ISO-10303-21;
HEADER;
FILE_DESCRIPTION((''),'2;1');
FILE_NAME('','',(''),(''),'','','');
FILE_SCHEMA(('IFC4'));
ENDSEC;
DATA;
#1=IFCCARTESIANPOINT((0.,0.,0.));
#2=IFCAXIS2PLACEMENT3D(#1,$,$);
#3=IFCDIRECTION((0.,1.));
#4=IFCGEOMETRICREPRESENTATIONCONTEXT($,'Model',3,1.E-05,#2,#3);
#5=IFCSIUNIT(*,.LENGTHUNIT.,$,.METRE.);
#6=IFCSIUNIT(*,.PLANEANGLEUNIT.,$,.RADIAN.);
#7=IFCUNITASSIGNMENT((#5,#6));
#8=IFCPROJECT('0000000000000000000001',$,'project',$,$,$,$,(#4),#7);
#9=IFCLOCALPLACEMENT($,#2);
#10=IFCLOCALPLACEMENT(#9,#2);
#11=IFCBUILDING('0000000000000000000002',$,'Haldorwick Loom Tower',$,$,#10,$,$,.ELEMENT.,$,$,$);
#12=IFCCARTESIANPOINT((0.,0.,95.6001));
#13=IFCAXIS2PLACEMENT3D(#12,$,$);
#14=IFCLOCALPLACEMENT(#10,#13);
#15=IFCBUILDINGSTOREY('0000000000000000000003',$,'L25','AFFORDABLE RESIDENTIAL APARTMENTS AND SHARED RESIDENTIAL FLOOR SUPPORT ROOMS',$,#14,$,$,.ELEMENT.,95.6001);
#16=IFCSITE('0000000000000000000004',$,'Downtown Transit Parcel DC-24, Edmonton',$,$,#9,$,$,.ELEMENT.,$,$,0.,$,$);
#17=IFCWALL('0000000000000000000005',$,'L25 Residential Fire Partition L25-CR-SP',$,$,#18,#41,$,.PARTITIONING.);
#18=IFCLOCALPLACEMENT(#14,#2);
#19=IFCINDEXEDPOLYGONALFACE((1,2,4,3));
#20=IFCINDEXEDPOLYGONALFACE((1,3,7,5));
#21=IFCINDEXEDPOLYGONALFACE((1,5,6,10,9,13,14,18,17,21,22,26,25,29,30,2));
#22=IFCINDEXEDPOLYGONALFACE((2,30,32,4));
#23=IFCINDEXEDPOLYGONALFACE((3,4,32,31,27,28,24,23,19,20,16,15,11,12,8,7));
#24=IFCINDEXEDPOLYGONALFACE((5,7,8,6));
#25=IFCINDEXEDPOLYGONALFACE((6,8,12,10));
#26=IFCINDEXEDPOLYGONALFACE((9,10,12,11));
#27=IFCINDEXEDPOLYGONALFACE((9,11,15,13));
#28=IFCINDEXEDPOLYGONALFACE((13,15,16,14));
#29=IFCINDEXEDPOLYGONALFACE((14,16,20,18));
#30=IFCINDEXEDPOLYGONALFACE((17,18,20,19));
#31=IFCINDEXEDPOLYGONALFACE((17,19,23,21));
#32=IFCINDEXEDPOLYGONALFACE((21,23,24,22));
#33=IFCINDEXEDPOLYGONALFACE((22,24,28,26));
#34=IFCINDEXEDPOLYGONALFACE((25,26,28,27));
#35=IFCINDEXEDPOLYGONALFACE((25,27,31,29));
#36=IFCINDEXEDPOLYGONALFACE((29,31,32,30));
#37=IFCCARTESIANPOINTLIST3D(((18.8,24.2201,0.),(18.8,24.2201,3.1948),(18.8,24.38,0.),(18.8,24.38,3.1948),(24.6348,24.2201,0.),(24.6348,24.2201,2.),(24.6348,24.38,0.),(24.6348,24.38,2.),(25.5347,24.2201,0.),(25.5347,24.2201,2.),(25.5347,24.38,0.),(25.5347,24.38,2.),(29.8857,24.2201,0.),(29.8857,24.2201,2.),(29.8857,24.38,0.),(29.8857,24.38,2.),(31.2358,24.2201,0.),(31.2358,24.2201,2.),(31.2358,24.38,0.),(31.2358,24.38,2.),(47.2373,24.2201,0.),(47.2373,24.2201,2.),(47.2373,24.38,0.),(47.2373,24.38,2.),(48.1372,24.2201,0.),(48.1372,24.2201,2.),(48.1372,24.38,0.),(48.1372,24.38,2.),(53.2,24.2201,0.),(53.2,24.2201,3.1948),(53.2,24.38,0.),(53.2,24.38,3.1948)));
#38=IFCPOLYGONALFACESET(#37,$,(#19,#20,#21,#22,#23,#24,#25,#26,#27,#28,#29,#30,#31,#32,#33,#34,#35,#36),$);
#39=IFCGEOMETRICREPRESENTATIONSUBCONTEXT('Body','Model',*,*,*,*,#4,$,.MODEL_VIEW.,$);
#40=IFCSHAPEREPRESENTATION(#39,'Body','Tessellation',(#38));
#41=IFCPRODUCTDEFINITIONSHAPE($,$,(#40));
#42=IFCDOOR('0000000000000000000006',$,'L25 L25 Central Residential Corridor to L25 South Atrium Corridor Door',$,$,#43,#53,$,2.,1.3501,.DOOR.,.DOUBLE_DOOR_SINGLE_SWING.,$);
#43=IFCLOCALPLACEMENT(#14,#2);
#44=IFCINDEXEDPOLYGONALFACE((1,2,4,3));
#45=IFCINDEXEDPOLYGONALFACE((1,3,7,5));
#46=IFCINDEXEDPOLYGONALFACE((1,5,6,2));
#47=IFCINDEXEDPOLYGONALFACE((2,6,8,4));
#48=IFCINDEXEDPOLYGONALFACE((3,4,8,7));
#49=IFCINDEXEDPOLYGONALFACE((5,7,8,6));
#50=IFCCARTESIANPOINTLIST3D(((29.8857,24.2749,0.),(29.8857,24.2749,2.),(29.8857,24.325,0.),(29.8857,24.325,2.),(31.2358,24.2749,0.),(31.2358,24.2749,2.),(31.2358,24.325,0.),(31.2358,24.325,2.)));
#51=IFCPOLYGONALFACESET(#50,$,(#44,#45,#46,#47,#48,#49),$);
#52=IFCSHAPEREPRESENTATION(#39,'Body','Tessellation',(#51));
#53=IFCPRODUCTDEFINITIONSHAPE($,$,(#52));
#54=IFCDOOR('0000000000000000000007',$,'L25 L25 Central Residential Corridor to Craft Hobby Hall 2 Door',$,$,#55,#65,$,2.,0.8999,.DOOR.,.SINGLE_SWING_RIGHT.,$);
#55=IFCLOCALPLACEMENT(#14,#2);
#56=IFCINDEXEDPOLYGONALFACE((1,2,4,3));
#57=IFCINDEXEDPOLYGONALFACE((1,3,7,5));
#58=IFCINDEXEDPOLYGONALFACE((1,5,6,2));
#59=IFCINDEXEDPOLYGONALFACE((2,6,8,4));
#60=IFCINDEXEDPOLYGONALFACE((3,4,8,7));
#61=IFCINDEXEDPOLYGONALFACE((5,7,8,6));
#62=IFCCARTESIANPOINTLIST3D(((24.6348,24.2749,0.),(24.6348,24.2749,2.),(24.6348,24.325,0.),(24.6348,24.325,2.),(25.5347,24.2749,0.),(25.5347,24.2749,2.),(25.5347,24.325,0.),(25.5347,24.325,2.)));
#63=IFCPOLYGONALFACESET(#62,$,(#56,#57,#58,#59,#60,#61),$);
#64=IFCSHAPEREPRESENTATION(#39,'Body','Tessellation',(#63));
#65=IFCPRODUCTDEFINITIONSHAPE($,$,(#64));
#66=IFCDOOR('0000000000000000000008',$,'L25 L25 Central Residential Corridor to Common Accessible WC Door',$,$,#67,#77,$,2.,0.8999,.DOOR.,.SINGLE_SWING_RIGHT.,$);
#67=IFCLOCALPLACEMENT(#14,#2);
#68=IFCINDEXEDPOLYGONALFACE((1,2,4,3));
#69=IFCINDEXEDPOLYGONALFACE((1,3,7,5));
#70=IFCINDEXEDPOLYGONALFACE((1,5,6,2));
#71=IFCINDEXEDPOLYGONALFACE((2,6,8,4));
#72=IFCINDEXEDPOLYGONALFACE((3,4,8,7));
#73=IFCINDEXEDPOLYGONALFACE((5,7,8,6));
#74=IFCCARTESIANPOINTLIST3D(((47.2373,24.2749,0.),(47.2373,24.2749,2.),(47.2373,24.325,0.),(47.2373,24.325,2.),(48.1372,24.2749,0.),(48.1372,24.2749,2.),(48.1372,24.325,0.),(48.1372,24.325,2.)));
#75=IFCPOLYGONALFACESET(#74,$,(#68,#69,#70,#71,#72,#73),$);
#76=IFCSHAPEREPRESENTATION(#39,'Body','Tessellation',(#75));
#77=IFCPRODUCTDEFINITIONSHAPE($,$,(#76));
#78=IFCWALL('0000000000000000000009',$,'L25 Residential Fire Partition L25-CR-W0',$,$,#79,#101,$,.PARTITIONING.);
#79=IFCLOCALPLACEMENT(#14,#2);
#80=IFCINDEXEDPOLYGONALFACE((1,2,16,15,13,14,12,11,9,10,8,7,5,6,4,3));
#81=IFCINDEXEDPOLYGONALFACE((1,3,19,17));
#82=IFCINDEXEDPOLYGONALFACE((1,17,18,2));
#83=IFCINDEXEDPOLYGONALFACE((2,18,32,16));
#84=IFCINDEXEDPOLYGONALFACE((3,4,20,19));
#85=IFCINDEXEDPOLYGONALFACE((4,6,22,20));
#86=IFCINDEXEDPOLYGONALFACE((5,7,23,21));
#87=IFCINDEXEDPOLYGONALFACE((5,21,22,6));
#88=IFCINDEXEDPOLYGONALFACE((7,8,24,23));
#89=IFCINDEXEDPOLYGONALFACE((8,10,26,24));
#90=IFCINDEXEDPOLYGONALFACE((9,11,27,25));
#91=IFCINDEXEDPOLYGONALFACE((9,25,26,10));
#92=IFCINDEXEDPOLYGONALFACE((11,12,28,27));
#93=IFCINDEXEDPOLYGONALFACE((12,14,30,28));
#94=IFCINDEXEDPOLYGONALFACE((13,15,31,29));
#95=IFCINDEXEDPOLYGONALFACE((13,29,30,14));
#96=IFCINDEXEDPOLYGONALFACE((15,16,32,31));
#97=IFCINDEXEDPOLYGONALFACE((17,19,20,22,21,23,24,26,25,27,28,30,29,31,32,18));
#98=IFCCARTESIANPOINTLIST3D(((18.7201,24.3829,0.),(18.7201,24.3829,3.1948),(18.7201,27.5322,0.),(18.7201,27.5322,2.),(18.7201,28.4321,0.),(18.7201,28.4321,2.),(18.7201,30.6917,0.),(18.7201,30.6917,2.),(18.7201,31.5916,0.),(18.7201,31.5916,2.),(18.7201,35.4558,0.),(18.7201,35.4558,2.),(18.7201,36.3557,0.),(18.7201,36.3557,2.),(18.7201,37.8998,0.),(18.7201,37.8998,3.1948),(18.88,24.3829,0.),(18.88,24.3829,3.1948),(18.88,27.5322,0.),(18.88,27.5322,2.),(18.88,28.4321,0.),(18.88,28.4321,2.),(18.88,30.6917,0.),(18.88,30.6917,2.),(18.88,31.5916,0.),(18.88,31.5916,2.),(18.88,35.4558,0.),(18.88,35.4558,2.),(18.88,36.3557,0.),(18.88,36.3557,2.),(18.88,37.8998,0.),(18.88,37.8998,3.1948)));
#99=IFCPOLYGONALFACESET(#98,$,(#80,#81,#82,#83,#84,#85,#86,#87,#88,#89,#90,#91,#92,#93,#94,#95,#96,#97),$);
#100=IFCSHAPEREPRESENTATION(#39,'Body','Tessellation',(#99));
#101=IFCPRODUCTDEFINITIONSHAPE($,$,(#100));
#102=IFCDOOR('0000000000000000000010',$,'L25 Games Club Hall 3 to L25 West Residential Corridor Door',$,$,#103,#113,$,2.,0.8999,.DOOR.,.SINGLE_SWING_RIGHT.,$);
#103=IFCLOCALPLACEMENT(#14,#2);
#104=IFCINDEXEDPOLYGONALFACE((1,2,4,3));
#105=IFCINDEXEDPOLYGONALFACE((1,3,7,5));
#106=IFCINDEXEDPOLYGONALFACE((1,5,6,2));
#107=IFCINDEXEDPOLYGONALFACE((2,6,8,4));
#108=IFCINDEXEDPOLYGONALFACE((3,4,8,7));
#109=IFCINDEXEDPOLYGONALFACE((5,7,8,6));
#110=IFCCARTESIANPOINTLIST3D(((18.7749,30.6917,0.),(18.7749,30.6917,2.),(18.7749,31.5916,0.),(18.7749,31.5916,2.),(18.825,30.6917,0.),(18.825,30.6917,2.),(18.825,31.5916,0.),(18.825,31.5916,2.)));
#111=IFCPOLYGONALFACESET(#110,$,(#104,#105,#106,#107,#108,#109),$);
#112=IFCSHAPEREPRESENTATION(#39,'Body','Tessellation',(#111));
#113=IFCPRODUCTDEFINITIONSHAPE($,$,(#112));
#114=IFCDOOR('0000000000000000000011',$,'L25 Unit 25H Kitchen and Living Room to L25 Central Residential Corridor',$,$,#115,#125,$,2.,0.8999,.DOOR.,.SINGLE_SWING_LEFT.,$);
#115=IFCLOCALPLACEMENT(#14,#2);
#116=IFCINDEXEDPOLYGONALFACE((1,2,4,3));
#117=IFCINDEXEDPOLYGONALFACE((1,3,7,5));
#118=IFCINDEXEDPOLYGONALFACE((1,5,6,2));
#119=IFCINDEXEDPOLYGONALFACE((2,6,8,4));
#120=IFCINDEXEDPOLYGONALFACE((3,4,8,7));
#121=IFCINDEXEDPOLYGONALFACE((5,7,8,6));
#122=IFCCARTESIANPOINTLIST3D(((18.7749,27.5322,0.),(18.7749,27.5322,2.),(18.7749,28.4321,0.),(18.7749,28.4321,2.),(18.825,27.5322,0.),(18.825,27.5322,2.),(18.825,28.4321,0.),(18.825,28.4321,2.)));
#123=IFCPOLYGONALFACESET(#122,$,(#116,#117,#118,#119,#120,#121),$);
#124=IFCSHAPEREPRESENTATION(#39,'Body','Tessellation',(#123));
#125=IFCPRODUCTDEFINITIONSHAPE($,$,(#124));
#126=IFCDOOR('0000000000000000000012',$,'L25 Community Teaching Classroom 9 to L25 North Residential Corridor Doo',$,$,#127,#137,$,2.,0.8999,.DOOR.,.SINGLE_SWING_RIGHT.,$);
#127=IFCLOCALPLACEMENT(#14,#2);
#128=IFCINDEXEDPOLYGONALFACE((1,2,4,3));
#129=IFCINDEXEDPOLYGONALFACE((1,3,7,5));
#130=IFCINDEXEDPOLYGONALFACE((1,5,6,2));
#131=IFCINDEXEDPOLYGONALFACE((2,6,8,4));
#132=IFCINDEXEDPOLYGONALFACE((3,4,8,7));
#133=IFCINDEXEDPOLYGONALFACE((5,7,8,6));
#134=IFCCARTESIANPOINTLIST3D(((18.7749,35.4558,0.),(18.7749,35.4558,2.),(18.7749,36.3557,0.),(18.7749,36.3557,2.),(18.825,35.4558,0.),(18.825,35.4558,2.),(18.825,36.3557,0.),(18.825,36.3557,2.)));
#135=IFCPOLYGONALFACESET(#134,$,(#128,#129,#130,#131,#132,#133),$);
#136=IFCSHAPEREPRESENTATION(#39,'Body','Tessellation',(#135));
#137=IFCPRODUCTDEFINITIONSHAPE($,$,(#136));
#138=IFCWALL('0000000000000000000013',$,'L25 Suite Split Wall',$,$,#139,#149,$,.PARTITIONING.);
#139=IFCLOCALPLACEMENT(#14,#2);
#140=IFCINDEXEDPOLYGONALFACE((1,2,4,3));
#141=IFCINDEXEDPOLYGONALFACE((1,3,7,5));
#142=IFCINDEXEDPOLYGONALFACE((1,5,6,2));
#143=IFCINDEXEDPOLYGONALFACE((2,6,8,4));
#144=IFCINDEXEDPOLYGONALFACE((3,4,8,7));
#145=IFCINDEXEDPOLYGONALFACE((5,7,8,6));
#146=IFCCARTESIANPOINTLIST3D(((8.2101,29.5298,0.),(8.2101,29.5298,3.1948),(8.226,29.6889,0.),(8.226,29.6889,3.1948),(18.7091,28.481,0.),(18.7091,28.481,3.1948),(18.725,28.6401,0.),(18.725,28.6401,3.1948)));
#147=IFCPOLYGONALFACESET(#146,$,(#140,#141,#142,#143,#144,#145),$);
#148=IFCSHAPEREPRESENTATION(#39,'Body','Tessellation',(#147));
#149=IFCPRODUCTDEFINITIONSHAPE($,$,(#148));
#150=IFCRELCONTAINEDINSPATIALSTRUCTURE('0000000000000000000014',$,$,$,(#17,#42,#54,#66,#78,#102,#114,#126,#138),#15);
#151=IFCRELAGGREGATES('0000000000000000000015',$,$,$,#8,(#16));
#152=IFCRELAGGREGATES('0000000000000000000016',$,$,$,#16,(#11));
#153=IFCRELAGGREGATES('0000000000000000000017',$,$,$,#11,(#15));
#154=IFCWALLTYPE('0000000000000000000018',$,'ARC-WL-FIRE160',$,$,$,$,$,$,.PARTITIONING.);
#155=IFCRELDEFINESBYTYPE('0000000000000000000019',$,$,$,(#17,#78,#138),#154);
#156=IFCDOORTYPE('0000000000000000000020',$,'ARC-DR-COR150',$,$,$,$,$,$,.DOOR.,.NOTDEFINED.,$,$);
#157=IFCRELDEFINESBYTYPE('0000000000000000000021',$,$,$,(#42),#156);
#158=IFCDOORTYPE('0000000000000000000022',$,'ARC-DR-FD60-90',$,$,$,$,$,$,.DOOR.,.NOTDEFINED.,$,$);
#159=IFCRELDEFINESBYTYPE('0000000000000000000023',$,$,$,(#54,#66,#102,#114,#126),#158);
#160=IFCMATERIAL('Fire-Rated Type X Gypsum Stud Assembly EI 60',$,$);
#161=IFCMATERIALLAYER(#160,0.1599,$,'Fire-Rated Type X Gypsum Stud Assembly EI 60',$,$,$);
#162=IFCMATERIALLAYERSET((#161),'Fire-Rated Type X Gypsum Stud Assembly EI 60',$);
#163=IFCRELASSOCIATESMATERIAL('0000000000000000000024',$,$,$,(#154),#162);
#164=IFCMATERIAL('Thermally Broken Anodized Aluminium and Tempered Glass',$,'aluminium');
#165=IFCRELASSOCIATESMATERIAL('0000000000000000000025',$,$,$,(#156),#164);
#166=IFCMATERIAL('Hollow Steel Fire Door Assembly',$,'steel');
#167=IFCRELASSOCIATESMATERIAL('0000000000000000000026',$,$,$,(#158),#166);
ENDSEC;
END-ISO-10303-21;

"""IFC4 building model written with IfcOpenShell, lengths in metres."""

from ifc_helpers import new_model, si_unit, direction, frame, frame_2d, origin, place, context, subcontext, project, spatial, rectangle, extrude, material, layer, layer_set, type_object, element, fill, save


model = new_model("IFC4")

# Units and contexts
model_context = context("Model", 3, precision=1e-05, world=origin(), true_north=direction((0.0, 1.0)))
body_context = subcontext(model_context, "Body", "Model", "MODEL_VIEW")
ifc_project = project(units=[si_unit("LENGTHUNIT", "METRE"), si_unit("PLANEANGLEUNIT", "RADIAN")], contexts=[model_context])

# Site, building, storey
site_placement = place(None, origin())
site = spatial("IfcSite", under=ifc_project, at=site_placement, Name="Downtown Transit Parcel DC-24, Edmonton", CompositionType="ELEMENT", RefElevation=0.0)
building_placement = place(site_placement, origin())
building = spatial("IfcBuilding", under=site, at=building_placement, Name="Haldorwick Loom Tower", CompositionType="ELEMENT")
storey_placement = place(building_placement, frame((0.0, 0.0, 95.6001)))
storey = spatial("IfcBuildingStorey", under=building, at=storey_placement, Name="L25", Description="AFFORDABLE RESIDENTIAL APARTMENTS AND SHARED RESIDENTIAL FLOOR SUPPORT ROOMS", CompositionType="ELEMENT", Elevation=95.6001)

# Walls, openings, doors
ifc_material_1 = material(Name="Fire-Rated Type X Gypsum Stud Assembly EI 60")
ifc_layer_1 = layer(ifc_material_1, 0.1599, Name="Fire-Rated Type X Gypsum Stud Assembly EI 60")
ifc_layer_set_1 = layer_set([ifc_layer_1], Name="Fire-Rated Type X Gypsum Stud Assembly EI 60")
wall_type_1 = type_object("IfcWallType", Name="ARC-WL-FIRE160", PredefinedType="PARTITIONING", material=ifc_layer_set_1)
wall_1_placement = place(storey_placement, frame((18.8, 24.3, 0.0), z_axis=(0.0, 0.0, 1.0), x_axis=(1.0, 0.0, 0.0)))
wall_1 = element("IfcWall", 1, at=wall_1_placement, inside=storey, type_object=wall_type_1, Name="L25 Residential Fire Partition L25-CR-SP", PredefinedType="PARTITIONING", context=body_context, shape_type="SweptSolid", body=[
    extrude(rectangle(XDim=34.3999, YDim=0.1599, at=frame_2d((17.2, 0.0))), origin(), (0.0, 0.0, 1.0), 3.1948),
])
opening_1_placement = place(wall_1_placement, frame((11.0857, 0.0, 0.0)))
opening_1 = element("IfcOpeningElement", 2, at=opening_1_placement, cuts=wall_1, PredefinedType="OPENING", context=body_context, shape_type="SweptSolid", body=[
    extrude(rectangle(XDim=1.3501, YDim=2.0, at=frame_2d((0.675, 1.0))), frame((0.0, 0.0898, 0.0), z_axis=(0.0, -1.0, 0.0), x_axis=(1.0, 0.0, 0.0)), (0.0, 0.0, 1.0), 0.1799),
])
opening_2_placement = place(wall_1_placement, frame((5.8347, 0.0, 0.0)))
opening_2 = element("IfcOpeningElement", 3, at=opening_2_placement, cuts=wall_1, PredefinedType="OPENING", context=body_context, shape_type="SweptSolid", body=[
    extrude(rectangle(XDim=0.8999, YDim=2.0, at=frame_2d((0.45, 1.0))), frame((0.0, 0.0898, 0.0), z_axis=(0.0, -1.0, 0.0), x_axis=(1.0, 0.0, 0.0)), (0.0, 0.0, 1.0), 0.1799),
])
opening_3_placement = place(wall_1_placement, frame((28.4373, 0.0, 0.0)))
opening_3 = element("IfcOpeningElement", 4, at=opening_3_placement, cuts=wall_1, PredefinedType="OPENING", context=body_context, shape_type="SweptSolid", body=[
    extrude(rectangle(XDim=0.8999, YDim=2.0, at=frame_2d((0.45, 1.0))), frame((0.0, 0.0898, 0.0), z_axis=(0.0, -1.0, 0.0), x_axis=(1.0, 0.0, 0.0)), (0.0, 0.0, 1.0), 0.1799),
])
ifc_material_2 = material(Name="Thermally Broken Anodized Aluminium and Tempered Glass", Category="aluminium")
door_type_1 = type_object("IfcDoorType", Name="ARC-DR-COR150", OperationType="NOTDEFINED", PredefinedType="DOOR", material=ifc_material_2)
door_1_placement = place(opening_1_placement, origin())
door_1 = element("IfcDoor", 5, at=door_1_placement, inside=storey, type_object=door_type_1, Name="L25 L25 Central Residential Corridor to L25 South Atrium Corridor Door", OperationType="DOUBLE_DOOR_SINGLE_SWING", OverallHeight=2.0, OverallWidth=1.3501, PredefinedType="DOOR", context=body_context, shape_type="SweptSolid", body=[
    extrude(rectangle(XDim=1.3501, YDim=2.0, at=frame_2d((0.675, 1.0))), frame((0.0, 0.0249, 0.0), z_axis=(0.0, -1.0, 0.0), x_axis=(1.0, 0.0, 0.0)), (0.0, 0.0, 1.0), 0.05),
])
fill(opening_1, door_1)
ifc_material_3 = material(Name="Hollow Steel Fire Door Assembly", Category="steel")
door_type_2 = type_object("IfcDoorType", Name="ARC-DR-FD60-90", OperationType="NOTDEFINED", PredefinedType="DOOR", material=ifc_material_3)
door_2_placement = place(opening_2_placement, origin())
door_2 = element("IfcDoor", 6, at=door_2_placement, inside=storey, type_object=door_type_2, Name="L25 L25 Central Residential Corridor to Craft Hobby Hall 2 Door", OperationType="SINGLE_SWING_RIGHT", OverallHeight=2.0, OverallWidth=0.8999, PredefinedType="DOOR", context=body_context, shape_type="SweptSolid", body=[
    extrude(rectangle(XDim=0.8999, YDim=2.0, at=frame_2d((0.45, 1.0))), frame((0.0, 0.0249, 0.0), z_axis=(0.0, -1.0, 0.0), x_axis=(1.0, 0.0, 0.0)), (0.0, 0.0, 1.0), 0.05),
])
fill(opening_2, door_2)
door_3_placement = place(opening_3_placement, origin())
door_3 = element("IfcDoor", 7, at=door_3_placement, inside=storey, type_object=door_type_2, Name="L25 L25 Central Residential Corridor to Common Accessible WC Door", OperationType="SINGLE_SWING_RIGHT", OverallHeight=2.0, OverallWidth=0.8999, PredefinedType="DOOR", context=body_context, shape_type="SweptSolid", body=[
    extrude(rectangle(XDim=0.8999, YDim=2.0, at=frame_2d((0.45, 1.0))), frame((0.0, 0.0249, 0.0), z_axis=(0.0, -1.0, 0.0), x_axis=(1.0, 0.0, 0.0)), (0.0, 0.0, 1.0), 0.05),
])
fill(opening_3, door_3)
wall_2_placement = place(storey_placement, frame((18.8, 24.3831, 0.0), z_axis=(0.0, 0.0, 1.0), x_axis=(0.0, 1.0, 0.0)))
wall_2 = element("IfcWall", 8, at=wall_2_placement, inside=storey, type_object=wall_type_1, Name="L25 Residential Fire Partition L25-CR-W0", PredefinedType="PARTITIONING", context=body_context, shape_type="SweptSolid", body=[
    extrude(rectangle(XDim=13.5168, YDim=0.1599, at=frame_2d((6.7583, 0.0))), origin(), (0.0, 0.0, 1.0), 3.1948),
])
opening_4_placement = place(wall_2_placement, frame((6.3086, 0.0, 0.0)))
opening_4 = element("IfcOpeningElement", 9, at=opening_4_placement, cuts=wall_2, PredefinedType="OPENING", context=body_context, shape_type="SweptSolid", body=[
    extrude(rectangle(XDim=0.8999, YDim=2.0, at=frame_2d((0.45, 1.0))), frame((0.0, 0.0898, 0.0), z_axis=(0.0, -1.0, 0.0), x_axis=(1.0, 0.0, 0.0)), (0.0, 0.0, 1.0), 0.1799),
])
opening_5_placement = place(wall_2_placement, frame((3.1492, 0.0, 0.0)))
opening_5 = element("IfcOpeningElement", 10, at=opening_5_placement, cuts=wall_2, PredefinedType="OPENING", context=body_context, shape_type="SweptSolid", body=[
    extrude(rectangle(XDim=0.8999, YDim=2.0, at=frame_2d((0.45, 1.0))), frame((0.0, 0.0898, 0.0), z_axis=(0.0, -1.0, 0.0), x_axis=(1.0, 0.0, 0.0)), (0.0, 0.0, 1.0), 0.1799),
])
opening_6_placement = place(wall_2_placement, frame((11.0728, 0.0, 0.0)))
opening_6 = element("IfcOpeningElement", 11, at=opening_6_placement, cuts=wall_2, PredefinedType="OPENING", context=body_context, shape_type="SweptSolid", body=[
    extrude(rectangle(XDim=0.8999, YDim=2.0, at=frame_2d((0.45, 1.0))), frame((0.0, 0.0898, 0.0), z_axis=(0.0, -1.0, 0.0), x_axis=(1.0, 0.0, 0.0)), (0.0, 0.0, 1.0), 0.1799),
])
door_4_placement = place(opening_4_placement, frame((0.8999, 0.0, 0.0), z_axis=(0.0, 0.0, 1.0), x_axis=(-1.0, 0.0, 0.0)))
door_4 = element("IfcDoor", 12, at=door_4_placement, inside=storey, type_object=door_type_2, Name="L25 Games Club Hall 3 to L25 West Residential Corridor Door", OperationType="SINGLE_SWING_RIGHT", OverallHeight=2.0, OverallWidth=0.8999, PredefinedType="DOOR", context=body_context, shape_type="SweptSolid", body=[
    extrude(rectangle(XDim=0.8999, YDim=2.0, at=frame_2d((0.45, 1.0))), frame((0.0, 0.0249, 0.0), z_axis=(0.0, -1.0, 0.0), x_axis=(1.0, 0.0, 0.0)), (0.0, 0.0, 1.0), 0.05),
])
fill(opening_4, door_4)
door_5_placement = place(opening_5_placement, frame((0.8999, 0.0, 0.0), z_axis=(0.0, 0.0, 1.0), x_axis=(-1.0, 0.0, 0.0)))
door_5 = element("IfcDoor", 13, at=door_5_placement, inside=storey, type_object=door_type_2, Name="L25 Unit 25H Kitchen and Living Room to L25 Central Residential Corridor", OperationType="SINGLE_SWING_LEFT", OverallHeight=2.0, OverallWidth=0.8999, PredefinedType="DOOR", context=body_context, shape_type="SweptSolid", body=[
    extrude(rectangle(XDim=0.8999, YDim=2.0, at=frame_2d((0.45, 1.0))), frame((0.0, 0.0249, 0.0), z_axis=(0.0, -1.0, 0.0), x_axis=(1.0, 0.0, 0.0)), (0.0, 0.0, 1.0), 0.05),
])
fill(opening_5, door_5)
door_6_placement = place(opening_6_placement, frame((0.8999, 0.0, 0.0), z_axis=(0.0, 0.0, 1.0), x_axis=(-1.0, 0.0, 0.0)))
door_6 = element("IfcDoor", 14, at=door_6_placement, inside=storey, type_object=door_type_2, Name="L25 Community Teaching Classroom 9 to L25 North Residential Corridor Doo", OperationType="SINGLE_SWING_RIGHT", OverallHeight=2.0, OverallWidth=0.8999, PredefinedType="DOOR", context=body_context, shape_type="SweptSolid", body=[
    extrude(rectangle(XDim=0.8999, YDim=2.0, at=frame_2d((0.45, 1.0))), frame((0.0, 0.0249, 0.0), z_axis=(0.0, -1.0, 0.0), x_axis=(1.0, 0.0, 0.0)), (0.0, 0.0, 1.0), 0.05),
])
fill(opening_6, door_6)

# Wall
wall_3_placement = place(storey_placement, frame((18.717, 28.5605, 0.0), z_axis=(0.0, 0.0, 1.0), x_axis=(-0.995047, 0.099403, 0.0)))
element("IfcWall", 15, at=wall_3_placement, inside=storey, type_object=wall_type_1, Name="L25 Suite Split Wall", PredefinedType="PARTITIONING", context=body_context, shape_type="SweptSolid", body=[
    extrude(rectangle(XDim=10.5513, YDim=0.1599, at=frame_2d((5.2756, 0.0))), origin(), (0.0, 0.0, 1.0), 3.1948),
])

save(model, "model.ifc")
